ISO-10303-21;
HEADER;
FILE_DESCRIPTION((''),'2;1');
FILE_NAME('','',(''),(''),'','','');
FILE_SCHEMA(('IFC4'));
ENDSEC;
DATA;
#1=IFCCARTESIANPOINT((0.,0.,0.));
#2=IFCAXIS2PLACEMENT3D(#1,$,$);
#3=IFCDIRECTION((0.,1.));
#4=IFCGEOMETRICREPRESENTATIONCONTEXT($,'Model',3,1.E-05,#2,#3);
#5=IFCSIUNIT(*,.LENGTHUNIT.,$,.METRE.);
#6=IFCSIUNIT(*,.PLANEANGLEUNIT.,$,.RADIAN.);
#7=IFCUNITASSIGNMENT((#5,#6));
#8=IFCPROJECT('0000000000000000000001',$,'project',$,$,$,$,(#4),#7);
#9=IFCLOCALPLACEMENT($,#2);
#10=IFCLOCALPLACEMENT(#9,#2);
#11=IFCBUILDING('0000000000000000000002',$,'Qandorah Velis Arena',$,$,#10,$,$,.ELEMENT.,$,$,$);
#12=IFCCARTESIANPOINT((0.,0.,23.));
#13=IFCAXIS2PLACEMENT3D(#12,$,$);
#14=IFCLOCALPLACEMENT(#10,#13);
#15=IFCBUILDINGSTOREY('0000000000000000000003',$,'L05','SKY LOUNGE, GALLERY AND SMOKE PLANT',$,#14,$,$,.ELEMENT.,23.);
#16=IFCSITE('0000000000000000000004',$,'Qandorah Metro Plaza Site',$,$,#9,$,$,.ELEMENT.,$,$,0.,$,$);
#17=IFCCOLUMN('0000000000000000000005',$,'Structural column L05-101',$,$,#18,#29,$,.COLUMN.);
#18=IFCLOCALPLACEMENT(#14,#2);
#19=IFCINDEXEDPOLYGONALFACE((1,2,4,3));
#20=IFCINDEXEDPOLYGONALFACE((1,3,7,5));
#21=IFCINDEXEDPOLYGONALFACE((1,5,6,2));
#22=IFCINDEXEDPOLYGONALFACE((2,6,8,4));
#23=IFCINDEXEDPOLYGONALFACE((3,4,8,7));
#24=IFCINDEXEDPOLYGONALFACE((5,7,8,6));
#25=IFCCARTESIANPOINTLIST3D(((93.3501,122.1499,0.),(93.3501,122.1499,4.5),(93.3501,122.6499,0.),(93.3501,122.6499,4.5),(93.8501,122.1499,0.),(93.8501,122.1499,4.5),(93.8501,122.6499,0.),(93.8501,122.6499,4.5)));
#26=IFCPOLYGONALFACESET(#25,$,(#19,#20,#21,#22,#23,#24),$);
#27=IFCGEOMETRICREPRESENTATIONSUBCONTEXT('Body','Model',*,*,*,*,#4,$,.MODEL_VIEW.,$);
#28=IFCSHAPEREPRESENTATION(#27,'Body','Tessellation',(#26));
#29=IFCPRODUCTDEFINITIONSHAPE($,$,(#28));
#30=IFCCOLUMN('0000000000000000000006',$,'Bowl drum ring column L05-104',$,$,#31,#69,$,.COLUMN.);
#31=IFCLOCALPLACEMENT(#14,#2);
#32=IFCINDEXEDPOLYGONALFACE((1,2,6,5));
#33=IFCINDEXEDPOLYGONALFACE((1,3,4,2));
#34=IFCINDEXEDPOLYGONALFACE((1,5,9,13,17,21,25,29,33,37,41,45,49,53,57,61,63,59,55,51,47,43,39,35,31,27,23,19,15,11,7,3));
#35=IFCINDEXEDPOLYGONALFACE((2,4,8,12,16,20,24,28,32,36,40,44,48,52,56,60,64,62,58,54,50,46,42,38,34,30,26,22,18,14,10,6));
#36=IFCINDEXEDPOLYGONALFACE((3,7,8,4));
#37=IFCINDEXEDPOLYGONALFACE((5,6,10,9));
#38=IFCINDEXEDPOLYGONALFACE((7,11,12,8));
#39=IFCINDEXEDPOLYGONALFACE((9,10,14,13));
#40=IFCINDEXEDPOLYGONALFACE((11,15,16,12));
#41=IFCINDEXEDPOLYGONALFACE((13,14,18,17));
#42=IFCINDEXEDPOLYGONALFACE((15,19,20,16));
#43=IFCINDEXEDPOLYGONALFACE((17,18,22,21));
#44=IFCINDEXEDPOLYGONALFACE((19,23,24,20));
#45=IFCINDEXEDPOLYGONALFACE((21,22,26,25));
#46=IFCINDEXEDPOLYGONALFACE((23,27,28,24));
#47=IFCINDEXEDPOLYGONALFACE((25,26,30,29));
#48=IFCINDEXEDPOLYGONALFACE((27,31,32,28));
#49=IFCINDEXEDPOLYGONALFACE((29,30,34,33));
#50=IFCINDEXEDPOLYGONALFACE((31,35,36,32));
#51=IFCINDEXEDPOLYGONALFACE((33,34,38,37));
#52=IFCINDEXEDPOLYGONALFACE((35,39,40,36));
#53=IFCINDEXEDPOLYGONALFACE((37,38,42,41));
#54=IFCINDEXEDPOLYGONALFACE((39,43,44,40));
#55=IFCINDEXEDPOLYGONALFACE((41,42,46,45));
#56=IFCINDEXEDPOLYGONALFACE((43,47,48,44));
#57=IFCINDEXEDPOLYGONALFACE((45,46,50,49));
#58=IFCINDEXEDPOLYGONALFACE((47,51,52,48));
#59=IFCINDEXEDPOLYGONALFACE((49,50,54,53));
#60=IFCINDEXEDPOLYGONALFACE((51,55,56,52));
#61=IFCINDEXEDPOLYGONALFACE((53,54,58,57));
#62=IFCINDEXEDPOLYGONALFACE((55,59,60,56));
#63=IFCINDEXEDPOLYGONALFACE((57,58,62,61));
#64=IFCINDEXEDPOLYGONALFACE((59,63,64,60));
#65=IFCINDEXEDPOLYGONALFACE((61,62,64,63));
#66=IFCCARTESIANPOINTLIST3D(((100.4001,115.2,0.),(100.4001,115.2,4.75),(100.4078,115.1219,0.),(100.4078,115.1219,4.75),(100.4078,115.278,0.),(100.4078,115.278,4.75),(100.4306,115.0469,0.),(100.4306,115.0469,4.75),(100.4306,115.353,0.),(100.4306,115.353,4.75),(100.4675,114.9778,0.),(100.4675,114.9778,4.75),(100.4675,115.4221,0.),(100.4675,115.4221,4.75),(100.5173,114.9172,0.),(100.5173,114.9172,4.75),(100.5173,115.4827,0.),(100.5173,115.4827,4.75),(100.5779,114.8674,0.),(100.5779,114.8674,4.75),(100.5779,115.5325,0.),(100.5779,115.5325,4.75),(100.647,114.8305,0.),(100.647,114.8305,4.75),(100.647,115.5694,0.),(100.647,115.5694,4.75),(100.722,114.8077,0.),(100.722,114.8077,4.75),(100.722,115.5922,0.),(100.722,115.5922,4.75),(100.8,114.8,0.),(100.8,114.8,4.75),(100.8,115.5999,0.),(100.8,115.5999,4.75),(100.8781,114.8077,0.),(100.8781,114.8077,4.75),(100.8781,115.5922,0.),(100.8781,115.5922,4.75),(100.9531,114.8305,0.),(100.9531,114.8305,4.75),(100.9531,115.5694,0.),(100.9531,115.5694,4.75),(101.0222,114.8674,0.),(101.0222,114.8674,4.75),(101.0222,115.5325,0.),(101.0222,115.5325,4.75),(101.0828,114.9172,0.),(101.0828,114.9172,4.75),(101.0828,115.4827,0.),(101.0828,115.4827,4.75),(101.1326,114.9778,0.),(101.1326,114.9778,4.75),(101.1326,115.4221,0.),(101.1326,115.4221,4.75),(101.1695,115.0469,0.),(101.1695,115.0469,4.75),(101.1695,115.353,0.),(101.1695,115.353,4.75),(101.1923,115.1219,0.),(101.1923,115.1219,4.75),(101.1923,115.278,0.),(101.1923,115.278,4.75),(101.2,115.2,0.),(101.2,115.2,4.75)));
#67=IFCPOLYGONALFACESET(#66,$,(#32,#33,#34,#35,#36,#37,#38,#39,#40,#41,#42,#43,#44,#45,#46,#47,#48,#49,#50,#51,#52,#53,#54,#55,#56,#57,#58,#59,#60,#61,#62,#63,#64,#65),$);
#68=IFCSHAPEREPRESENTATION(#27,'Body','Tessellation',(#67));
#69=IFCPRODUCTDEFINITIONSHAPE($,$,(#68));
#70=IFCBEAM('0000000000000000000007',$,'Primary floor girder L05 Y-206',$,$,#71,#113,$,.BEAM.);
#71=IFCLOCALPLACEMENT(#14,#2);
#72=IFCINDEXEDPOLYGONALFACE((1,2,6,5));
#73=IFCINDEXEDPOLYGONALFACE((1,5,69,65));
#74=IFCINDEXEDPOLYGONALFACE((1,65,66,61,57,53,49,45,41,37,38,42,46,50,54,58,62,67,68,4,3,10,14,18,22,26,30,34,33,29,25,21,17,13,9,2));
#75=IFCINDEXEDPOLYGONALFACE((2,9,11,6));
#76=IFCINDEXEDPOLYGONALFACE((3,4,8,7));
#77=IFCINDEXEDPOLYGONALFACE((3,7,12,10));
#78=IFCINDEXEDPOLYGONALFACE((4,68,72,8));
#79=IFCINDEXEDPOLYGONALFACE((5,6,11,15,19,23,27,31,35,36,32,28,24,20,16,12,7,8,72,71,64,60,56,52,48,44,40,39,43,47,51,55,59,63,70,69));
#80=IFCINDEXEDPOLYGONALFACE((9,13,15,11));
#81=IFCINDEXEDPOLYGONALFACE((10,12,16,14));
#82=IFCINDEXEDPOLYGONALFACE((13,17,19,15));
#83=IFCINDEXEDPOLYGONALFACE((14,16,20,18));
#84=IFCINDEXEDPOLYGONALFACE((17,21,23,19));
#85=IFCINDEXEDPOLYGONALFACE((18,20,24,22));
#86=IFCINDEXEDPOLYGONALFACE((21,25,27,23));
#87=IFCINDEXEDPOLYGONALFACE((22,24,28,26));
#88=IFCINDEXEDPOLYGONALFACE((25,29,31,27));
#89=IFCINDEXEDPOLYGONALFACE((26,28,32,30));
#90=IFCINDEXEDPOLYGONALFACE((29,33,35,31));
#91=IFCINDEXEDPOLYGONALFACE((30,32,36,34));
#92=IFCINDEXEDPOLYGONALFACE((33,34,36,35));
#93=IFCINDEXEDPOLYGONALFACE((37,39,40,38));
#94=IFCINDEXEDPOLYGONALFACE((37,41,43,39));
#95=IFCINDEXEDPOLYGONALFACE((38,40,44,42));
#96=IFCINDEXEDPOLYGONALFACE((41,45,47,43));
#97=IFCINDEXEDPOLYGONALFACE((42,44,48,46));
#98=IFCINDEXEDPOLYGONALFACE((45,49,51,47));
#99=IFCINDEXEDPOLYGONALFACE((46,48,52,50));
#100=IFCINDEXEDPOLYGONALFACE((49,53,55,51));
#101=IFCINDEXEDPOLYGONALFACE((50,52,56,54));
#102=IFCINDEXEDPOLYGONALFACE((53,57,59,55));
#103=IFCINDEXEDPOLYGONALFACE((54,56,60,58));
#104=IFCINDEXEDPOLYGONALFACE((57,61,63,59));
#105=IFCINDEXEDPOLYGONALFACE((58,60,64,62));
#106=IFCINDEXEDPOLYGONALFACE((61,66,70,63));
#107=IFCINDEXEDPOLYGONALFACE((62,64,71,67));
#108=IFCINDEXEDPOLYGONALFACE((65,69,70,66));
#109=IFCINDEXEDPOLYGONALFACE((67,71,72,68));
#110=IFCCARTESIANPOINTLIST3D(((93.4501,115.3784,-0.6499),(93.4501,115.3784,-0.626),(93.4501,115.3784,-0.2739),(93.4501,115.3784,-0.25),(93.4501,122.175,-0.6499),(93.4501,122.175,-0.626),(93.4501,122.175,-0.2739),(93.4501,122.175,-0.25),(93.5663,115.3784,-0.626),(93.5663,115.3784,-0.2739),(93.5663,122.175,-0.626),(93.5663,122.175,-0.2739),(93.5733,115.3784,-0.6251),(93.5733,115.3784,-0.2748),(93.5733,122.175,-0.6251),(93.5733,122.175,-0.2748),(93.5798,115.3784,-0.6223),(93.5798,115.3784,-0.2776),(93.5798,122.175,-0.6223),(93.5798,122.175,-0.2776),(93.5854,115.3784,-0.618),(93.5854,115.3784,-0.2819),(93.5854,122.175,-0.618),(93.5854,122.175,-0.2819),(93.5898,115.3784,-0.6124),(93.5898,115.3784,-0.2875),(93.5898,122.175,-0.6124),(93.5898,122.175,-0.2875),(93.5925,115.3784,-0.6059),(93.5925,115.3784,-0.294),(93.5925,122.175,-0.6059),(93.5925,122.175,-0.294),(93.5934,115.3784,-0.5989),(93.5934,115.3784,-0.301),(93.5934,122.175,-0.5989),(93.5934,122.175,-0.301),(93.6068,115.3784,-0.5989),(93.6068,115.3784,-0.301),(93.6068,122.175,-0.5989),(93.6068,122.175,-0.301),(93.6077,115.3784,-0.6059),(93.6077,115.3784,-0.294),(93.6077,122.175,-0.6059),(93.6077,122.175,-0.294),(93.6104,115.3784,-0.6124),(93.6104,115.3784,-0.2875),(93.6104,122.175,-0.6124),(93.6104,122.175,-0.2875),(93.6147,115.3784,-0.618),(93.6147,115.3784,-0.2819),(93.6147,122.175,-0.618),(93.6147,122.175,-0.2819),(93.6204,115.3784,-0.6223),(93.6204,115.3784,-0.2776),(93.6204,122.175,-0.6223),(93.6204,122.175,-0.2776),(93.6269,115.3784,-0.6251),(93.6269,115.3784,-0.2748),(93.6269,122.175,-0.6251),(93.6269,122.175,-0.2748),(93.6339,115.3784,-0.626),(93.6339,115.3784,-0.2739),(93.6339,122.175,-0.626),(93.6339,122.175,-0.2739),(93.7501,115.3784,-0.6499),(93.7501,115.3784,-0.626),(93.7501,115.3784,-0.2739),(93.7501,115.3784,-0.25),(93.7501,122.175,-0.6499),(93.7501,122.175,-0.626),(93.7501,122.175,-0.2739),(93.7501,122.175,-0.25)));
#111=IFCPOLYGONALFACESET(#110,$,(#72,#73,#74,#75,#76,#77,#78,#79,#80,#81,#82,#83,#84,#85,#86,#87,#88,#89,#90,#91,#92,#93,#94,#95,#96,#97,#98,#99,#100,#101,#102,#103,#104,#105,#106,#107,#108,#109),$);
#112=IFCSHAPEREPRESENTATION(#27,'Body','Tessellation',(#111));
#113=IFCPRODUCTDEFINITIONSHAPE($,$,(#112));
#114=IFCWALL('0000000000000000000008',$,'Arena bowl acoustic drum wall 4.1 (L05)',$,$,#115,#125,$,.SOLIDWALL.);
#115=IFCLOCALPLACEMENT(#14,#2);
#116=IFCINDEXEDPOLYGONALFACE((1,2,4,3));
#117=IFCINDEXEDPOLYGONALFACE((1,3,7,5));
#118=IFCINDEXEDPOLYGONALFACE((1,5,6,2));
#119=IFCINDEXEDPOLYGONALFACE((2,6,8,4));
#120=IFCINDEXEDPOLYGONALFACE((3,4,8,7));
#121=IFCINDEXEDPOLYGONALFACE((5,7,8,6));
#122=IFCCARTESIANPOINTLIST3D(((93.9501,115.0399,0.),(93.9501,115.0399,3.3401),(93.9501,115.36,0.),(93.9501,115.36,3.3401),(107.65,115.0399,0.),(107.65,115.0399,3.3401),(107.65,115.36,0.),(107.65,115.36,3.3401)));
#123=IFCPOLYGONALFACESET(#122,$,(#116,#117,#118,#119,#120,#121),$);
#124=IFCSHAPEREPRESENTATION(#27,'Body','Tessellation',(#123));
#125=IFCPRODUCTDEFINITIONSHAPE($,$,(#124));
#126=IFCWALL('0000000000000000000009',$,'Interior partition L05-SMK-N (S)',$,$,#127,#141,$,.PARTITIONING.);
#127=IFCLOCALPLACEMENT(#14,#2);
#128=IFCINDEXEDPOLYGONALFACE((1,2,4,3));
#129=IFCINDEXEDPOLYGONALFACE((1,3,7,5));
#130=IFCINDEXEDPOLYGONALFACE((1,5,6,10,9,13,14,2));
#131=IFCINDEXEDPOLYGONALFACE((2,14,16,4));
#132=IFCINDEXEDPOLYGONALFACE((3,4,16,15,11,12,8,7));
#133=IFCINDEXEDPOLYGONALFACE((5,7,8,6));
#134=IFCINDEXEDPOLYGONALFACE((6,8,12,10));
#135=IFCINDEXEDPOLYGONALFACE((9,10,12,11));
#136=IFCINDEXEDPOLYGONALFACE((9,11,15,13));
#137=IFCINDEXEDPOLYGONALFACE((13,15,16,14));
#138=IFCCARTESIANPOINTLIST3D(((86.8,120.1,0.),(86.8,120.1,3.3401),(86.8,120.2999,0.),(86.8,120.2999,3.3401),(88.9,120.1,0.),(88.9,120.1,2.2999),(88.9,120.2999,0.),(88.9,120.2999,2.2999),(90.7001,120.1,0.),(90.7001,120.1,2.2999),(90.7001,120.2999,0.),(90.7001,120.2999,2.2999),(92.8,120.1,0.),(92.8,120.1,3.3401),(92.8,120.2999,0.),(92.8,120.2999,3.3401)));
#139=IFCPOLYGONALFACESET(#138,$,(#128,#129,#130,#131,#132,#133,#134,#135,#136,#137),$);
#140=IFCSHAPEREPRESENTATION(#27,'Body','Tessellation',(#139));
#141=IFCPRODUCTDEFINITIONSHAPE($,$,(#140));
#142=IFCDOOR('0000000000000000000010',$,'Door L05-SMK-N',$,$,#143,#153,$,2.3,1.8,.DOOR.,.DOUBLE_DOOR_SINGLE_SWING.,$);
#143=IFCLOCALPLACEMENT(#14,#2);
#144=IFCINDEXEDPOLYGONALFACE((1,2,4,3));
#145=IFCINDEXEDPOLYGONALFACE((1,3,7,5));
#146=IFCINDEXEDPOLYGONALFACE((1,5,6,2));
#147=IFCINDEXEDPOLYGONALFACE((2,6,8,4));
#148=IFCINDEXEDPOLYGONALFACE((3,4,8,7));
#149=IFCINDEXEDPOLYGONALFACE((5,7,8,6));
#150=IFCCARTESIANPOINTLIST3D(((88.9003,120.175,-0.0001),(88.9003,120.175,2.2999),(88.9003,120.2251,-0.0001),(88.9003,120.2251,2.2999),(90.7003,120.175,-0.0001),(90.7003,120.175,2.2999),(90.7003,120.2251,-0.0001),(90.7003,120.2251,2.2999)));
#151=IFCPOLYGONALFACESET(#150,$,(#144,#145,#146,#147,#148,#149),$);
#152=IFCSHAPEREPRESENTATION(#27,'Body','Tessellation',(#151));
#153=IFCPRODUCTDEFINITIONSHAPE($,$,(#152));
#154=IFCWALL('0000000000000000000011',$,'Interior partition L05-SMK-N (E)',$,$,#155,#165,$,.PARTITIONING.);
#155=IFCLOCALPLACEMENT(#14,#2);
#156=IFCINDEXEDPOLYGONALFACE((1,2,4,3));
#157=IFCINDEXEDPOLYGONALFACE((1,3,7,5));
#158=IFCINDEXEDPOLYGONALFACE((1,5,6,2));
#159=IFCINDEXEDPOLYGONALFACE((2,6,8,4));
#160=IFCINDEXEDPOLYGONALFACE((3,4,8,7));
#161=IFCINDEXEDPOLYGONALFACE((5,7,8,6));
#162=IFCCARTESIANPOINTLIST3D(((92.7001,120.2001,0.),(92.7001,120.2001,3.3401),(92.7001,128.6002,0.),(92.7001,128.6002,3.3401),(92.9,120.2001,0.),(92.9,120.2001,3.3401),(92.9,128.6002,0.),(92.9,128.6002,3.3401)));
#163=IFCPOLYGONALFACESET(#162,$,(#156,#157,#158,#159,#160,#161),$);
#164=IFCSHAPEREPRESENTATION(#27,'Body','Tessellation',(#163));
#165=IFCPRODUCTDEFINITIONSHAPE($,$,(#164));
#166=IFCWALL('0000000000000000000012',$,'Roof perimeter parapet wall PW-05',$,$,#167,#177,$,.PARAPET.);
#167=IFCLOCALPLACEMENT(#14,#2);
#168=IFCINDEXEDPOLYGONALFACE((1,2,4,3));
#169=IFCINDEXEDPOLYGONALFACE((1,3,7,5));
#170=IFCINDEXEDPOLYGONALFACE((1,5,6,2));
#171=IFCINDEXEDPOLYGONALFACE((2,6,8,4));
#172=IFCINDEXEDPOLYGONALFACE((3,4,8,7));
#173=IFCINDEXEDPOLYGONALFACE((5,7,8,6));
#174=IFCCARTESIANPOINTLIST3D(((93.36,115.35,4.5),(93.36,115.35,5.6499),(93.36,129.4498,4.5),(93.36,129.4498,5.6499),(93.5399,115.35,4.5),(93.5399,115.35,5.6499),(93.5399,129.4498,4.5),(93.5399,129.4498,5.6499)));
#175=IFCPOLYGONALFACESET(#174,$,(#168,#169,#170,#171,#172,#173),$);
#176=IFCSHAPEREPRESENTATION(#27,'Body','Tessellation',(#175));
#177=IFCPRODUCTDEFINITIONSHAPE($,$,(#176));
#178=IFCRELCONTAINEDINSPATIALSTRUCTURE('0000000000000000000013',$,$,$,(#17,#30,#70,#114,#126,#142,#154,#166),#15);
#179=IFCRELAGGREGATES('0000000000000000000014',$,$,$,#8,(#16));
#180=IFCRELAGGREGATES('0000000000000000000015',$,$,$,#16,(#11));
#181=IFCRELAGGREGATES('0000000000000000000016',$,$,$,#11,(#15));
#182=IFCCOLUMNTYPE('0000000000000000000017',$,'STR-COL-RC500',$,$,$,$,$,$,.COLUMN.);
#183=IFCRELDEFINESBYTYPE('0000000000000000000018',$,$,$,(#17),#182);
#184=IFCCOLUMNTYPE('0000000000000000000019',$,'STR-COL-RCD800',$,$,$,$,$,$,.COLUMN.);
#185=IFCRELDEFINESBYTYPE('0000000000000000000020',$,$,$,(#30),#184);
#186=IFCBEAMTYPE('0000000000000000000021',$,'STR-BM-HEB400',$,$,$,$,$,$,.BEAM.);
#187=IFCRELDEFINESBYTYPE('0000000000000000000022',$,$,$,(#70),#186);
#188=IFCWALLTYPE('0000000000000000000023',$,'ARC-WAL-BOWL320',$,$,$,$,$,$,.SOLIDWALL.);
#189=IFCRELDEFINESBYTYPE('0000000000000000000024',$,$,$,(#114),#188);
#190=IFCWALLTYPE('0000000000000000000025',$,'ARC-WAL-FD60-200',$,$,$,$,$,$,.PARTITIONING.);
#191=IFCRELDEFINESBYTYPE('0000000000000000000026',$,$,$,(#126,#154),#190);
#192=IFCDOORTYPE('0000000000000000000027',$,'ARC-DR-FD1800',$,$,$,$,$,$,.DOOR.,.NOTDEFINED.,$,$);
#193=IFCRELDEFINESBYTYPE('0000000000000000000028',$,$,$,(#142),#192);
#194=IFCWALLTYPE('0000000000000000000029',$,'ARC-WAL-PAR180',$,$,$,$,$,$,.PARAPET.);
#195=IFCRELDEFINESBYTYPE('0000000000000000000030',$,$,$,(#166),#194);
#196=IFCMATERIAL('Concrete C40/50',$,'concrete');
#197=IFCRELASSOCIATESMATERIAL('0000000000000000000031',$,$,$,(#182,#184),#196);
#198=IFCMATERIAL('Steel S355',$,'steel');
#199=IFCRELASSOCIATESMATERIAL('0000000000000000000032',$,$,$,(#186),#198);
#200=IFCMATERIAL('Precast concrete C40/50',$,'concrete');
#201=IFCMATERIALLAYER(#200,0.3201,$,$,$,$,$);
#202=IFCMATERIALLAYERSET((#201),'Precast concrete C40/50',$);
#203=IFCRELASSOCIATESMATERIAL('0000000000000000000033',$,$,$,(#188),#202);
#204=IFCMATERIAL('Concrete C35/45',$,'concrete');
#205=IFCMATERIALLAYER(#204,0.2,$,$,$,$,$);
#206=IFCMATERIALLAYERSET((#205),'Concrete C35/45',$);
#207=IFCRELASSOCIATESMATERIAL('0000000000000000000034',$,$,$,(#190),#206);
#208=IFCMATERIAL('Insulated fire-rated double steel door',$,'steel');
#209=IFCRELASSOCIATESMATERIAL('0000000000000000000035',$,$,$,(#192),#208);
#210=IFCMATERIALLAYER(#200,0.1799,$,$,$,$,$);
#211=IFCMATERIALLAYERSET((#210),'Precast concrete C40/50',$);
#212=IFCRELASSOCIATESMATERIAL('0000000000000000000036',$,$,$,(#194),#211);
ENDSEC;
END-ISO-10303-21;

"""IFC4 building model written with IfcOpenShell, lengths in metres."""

from ifc_helpers import new_model, si_unit, direction, frame, frame_2d, origin, origin_2d, place, context, subcontext, project, spatial, rectangle, circle, i_section, extrude, material, layer, layer_set, material_profile, profile_set, type_object, element, fill, save


model = new_model("IFC4")

# Units and contexts
model_context = context("Model", 3, precision=1e-05, world=origin(), true_north=direction((0.0, 1.0)))
body_context = subcontext(model_context, "Body", "Model", "MODEL_VIEW")
ifc_project = project(units=[si_unit("LENGTHUNIT", "METRE"), si_unit("PLANEANGLEUNIT", "RADIAN")], contexts=[model_context])

# Site, building, storey
site_placement = place(None, origin())
site = spatial("IfcSite", under=ifc_project, at=site_placement, Name="Qandorah Metro Plaza Site", CompositionType="ELEMENT", RefElevation=0.0)
building_placement = place(site_placement, origin())
building = spatial("IfcBuilding", under=site, at=building_placement, Name="Qandorah Velis Arena", CompositionType="ELEMENT")
storey_placement = place(building_placement, frame((0.0, 0.0, 23.0)))
storey = spatial("IfcBuildingStorey", under=building, at=storey_placement, Name="L05", Description="SKY LOUNGE, GALLERY AND SMOKE PLANT", CompositionType="ELEMENT", Elevation=23.0)

# Columns
ifc_material_1 = material(Name="Concrete C40/50", Category="concrete")
ifc_material_profile_1 = material_profile(ifc_material_1, rectangle(XDim=0.5, YDim=0.5, at=origin_2d()), Name="RC COL 500x500")
ifc_profile_set_1 = profile_set([ifc_material_profile_1], Name="Concrete C40/50")
column_type_1 = type_object("IfcColumnType", Name="STR-COL-RC500", PredefinedType="COLUMN", material=ifc_profile_set_1)
column_1_placement = place(storey_placement, frame((93.6001, 122.3999, 0.0), z_axis=(0.0, 0.0, 1.0), x_axis=(1.0, 0.0, 0.0)))
element("IfcColumn", 1, at=column_1_placement, inside=storey, type_object=column_type_1, Name="Structural column L05-101", PredefinedType="COLUMN", context=body_context, shape_type="SweptSolid", body=[
    extrude(rectangle(XDim=0.5, YDim=0.5, at=origin_2d()), origin(), (0.0, 0.0, 1.0), 4.5),
])
ifc_material_profile_2 = material_profile(ifc_material_1, circle(Radius=0.3999, at=origin_2d()), Name="RC D800")
ifc_profile_set_2 = profile_set([ifc_material_profile_2], Name="Concrete C40/50")
column_type_2 = type_object("IfcColumnType", Name="STR-COL-RCD800", PredefinedType="COLUMN", material=ifc_profile_set_2)
column_2_placement = place(storey_placement, frame((100.8, 115.2, 0.0), z_axis=(0.0, 0.0, 1.0), x_axis=(1.0, 0.0, 0.0)))
element("IfcColumn", 2, at=column_2_placement, inside=storey, type_object=column_type_2, Name="Bowl drum ring column L05-104", PredefinedType="COLUMN", context=body_context, shape_type="SweptSolid", body=[
    extrude(circle(Radius=0.3999, at=origin_2d()), origin(), (0.0, 0.0, 1.0), 4.75),
])

# Beam
ifc_material_2 = material(Name="Steel S355", Category="steel")
ifc_material_profile_3 = material_profile(ifc_material_2, i_section(OverallWidth=0.3, OverallDepth=0.3999, WebThickness=0.0134, FlangeThickness=0.0239, FilletRadius=0.0271, at=origin_2d()), Name="HEB 400")
ifc_profile_set_3 = profile_set([ifc_material_profile_3], Name="Steel S355")
beam_type = type_object("IfcBeamType", Name="STR-BM-HEB400", PredefinedType="BEAM", material=ifc_profile_set_3)
beam_placement = place(storey_placement, frame((93.6001, 115.3784, -0.45), z_axis=(0.0, 1.0, 0.0), x_axis=(-1.0, 0.0, 0.0)))
element("IfcBeam", 3, at=beam_placement, inside=storey, type_object=beam_type, Name="Primary floor girder L05 Y-206", PredefinedType="BEAM", context=body_context, shape_type="SweptSolid", body=[
    extrude(i_section(OverallWidth=0.3, OverallDepth=0.3999, WebThickness=0.0134, FlangeThickness=0.0239, FilletRadius=0.0271, at=origin_2d()), origin(), (0.0, 0.0, 1.0), 6.7966),
])

# Wall
ifc_material_3 = material(Name="Precast concrete C40/50", Category="concrete")
ifc_layer_1 = layer(ifc_material_3, 0.3201)
ifc_layer_set_1 = layer_set([ifc_layer_1], Name="Precast concrete C40/50")
wall_type_1 = type_object("IfcWallType", Name="ARC-WAL-BOWL320", PredefinedType="SOLIDWALL", material=ifc_layer_set_1)
wall_1_placement = place(storey_placement, frame((93.95, 115.2, 0.0), z_axis=(0.0, 0.0, 1.0), x_axis=(1.0, 0.0, 0.0)))
element("IfcWall", 4, at=wall_1_placement, inside=storey, type_object=wall_type_1, Name="Arena bowl acoustic drum wall 4.1 (L05)", PredefinedType="SOLIDWALL", context=body_context, shape_type="SweptSolid", body=[
    extrude(rectangle(XDim=13.7, YDim=0.3201, at=frame_2d((6.8501, 0.0))), origin(), (0.0, 0.0, 1.0), 3.3401),
])

# Wall, opening, door
ifc_material_4 = material(Name="Concrete C35/45", Category="concrete")
ifc_layer_2 = layer(ifc_material_4, 0.2)
ifc_layer_set_2 = layer_set([ifc_layer_2], Name="Concrete C35/45")
wall_type_2 = type_object("IfcWallType", Name="ARC-WAL-FD60-200", PredefinedType="PARTITIONING", material=ifc_layer_set_2)
wall_2_placement = place(storey_placement, frame((86.8, 120.2, 0.0), z_axis=(0.0, 0.0, 1.0), x_axis=(1.0, 0.0, 0.0)))
wall_2 = element("IfcWall", 5, at=wall_2_placement, inside=storey, type_object=wall_type_2, Name="Interior partition L05-SMK-N (S)", PredefinedType="PARTITIONING", context=body_context, shape_type="SweptSolid", body=[
    extrude(rectangle(XDim=6.0, YDim=0.2, at=frame_2d((3.0, 0.0))), origin(), (0.0, 0.0, 1.0), 3.3401),
])
opening_placement = place(wall_2_placement, frame((2.1001, 0.0, 0.0)))
opening = element("IfcOpeningElement", 6, at=opening_placement, cuts=wall_2, PredefinedType="OPENING", context=body_context, shape_type="SweptSolid", body=[
    extrude(rectangle(XDim=1.8, YDim=2.3, at=frame_2d((0.8999, 1.1499))), frame((0.0, 0.1099, 0.0), z_axis=(0.0, -1.0, 0.0), x_axis=(1.0, 0.0, 0.0)), (0.0, 0.0, 1.0), 0.22),
])
ifc_material_5 = material(Name="Insulated fire-rated double steel door", Category="steel")
door_type = type_object("IfcDoorType", Name="ARC-DR-FD1800", OperationType="NOTDEFINED", PredefinedType="DOOR", material=ifc_material_5)
door_placement = place(opening_placement, frame((1.8, 0.0, 0.0), z_axis=(0.0, 0.0, 1.0), x_axis=(-1.0, 0.0, 0.0)))
door = element("IfcDoor", 7, at=door_placement, inside=storey, type_object=door_type, Name="Door L05-SMK-N", OperationType="DOUBLE_DOOR_SINGLE_SWING", OverallHeight=2.3, OverallWidth=1.8, PredefinedType="DOOR", context=body_context, shape_type="SweptSolid", body=[
    extrude(rectangle(XDim=1.8, YDim=2.3, at=frame_2d((0.8999, 1.1499))), frame((0.0, 0.0249, 0.0), z_axis=(0.0, -1.0, 0.0), x_axis=(1.0, 0.0, 0.0)), (0.0, 0.0, 1.0), 0.05),
])
fill(opening, door)

# Walls
wall_3_placement = place(storey_placement, frame((92.8, 120.2, 0.0), z_axis=(0.0, 0.0, 1.0), x_axis=(0.0, 1.0, 0.0)))
element("IfcWall", 8, at=wall_3_placement, inside=storey, type_object=wall_type_2, Name="Interior partition L05-SMK-N (E)", PredefinedType="PARTITIONING", context=body_context, shape_type="SweptSolid", body=[
    extrude(rectangle(XDim=8.4001, YDim=0.2, at=frame_2d((4.2002, 0.0))), origin(), (0.0, 0.0, 1.0), 3.3401),
])
ifc_layer_3 = layer(ifc_material_3, 0.1799)
ifc_layer_set_3 = layer_set([ifc_layer_3], Name="Precast concrete C40/50")
wall_type_3 = type_object("IfcWallType", Name="ARC-WAL-PAR180", PredefinedType="PARAPET", material=ifc_layer_set_3)
wall_4_placement = place(storey_placement, frame((93.45, 115.3501, 4.5), z_axis=(0.0, 0.0, 1.0), x_axis=(0.0, 1.0, 0.0)))
element("IfcWall", 9, at=wall_4_placement, inside=storey, type_object=wall_type_3, Name="Roof perimeter parapet wall PW-05", PredefinedType="PARAPET", context=body_context, shape_type="SweptSolid", body=[
    extrude(rectangle(XDim=14.0999, YDim=0.1799, at=frame_2d((7.0498, 0.0))), origin(), (0.0, 0.0, 1.0), 1.1499),
])

save(model, "model.ifc")
